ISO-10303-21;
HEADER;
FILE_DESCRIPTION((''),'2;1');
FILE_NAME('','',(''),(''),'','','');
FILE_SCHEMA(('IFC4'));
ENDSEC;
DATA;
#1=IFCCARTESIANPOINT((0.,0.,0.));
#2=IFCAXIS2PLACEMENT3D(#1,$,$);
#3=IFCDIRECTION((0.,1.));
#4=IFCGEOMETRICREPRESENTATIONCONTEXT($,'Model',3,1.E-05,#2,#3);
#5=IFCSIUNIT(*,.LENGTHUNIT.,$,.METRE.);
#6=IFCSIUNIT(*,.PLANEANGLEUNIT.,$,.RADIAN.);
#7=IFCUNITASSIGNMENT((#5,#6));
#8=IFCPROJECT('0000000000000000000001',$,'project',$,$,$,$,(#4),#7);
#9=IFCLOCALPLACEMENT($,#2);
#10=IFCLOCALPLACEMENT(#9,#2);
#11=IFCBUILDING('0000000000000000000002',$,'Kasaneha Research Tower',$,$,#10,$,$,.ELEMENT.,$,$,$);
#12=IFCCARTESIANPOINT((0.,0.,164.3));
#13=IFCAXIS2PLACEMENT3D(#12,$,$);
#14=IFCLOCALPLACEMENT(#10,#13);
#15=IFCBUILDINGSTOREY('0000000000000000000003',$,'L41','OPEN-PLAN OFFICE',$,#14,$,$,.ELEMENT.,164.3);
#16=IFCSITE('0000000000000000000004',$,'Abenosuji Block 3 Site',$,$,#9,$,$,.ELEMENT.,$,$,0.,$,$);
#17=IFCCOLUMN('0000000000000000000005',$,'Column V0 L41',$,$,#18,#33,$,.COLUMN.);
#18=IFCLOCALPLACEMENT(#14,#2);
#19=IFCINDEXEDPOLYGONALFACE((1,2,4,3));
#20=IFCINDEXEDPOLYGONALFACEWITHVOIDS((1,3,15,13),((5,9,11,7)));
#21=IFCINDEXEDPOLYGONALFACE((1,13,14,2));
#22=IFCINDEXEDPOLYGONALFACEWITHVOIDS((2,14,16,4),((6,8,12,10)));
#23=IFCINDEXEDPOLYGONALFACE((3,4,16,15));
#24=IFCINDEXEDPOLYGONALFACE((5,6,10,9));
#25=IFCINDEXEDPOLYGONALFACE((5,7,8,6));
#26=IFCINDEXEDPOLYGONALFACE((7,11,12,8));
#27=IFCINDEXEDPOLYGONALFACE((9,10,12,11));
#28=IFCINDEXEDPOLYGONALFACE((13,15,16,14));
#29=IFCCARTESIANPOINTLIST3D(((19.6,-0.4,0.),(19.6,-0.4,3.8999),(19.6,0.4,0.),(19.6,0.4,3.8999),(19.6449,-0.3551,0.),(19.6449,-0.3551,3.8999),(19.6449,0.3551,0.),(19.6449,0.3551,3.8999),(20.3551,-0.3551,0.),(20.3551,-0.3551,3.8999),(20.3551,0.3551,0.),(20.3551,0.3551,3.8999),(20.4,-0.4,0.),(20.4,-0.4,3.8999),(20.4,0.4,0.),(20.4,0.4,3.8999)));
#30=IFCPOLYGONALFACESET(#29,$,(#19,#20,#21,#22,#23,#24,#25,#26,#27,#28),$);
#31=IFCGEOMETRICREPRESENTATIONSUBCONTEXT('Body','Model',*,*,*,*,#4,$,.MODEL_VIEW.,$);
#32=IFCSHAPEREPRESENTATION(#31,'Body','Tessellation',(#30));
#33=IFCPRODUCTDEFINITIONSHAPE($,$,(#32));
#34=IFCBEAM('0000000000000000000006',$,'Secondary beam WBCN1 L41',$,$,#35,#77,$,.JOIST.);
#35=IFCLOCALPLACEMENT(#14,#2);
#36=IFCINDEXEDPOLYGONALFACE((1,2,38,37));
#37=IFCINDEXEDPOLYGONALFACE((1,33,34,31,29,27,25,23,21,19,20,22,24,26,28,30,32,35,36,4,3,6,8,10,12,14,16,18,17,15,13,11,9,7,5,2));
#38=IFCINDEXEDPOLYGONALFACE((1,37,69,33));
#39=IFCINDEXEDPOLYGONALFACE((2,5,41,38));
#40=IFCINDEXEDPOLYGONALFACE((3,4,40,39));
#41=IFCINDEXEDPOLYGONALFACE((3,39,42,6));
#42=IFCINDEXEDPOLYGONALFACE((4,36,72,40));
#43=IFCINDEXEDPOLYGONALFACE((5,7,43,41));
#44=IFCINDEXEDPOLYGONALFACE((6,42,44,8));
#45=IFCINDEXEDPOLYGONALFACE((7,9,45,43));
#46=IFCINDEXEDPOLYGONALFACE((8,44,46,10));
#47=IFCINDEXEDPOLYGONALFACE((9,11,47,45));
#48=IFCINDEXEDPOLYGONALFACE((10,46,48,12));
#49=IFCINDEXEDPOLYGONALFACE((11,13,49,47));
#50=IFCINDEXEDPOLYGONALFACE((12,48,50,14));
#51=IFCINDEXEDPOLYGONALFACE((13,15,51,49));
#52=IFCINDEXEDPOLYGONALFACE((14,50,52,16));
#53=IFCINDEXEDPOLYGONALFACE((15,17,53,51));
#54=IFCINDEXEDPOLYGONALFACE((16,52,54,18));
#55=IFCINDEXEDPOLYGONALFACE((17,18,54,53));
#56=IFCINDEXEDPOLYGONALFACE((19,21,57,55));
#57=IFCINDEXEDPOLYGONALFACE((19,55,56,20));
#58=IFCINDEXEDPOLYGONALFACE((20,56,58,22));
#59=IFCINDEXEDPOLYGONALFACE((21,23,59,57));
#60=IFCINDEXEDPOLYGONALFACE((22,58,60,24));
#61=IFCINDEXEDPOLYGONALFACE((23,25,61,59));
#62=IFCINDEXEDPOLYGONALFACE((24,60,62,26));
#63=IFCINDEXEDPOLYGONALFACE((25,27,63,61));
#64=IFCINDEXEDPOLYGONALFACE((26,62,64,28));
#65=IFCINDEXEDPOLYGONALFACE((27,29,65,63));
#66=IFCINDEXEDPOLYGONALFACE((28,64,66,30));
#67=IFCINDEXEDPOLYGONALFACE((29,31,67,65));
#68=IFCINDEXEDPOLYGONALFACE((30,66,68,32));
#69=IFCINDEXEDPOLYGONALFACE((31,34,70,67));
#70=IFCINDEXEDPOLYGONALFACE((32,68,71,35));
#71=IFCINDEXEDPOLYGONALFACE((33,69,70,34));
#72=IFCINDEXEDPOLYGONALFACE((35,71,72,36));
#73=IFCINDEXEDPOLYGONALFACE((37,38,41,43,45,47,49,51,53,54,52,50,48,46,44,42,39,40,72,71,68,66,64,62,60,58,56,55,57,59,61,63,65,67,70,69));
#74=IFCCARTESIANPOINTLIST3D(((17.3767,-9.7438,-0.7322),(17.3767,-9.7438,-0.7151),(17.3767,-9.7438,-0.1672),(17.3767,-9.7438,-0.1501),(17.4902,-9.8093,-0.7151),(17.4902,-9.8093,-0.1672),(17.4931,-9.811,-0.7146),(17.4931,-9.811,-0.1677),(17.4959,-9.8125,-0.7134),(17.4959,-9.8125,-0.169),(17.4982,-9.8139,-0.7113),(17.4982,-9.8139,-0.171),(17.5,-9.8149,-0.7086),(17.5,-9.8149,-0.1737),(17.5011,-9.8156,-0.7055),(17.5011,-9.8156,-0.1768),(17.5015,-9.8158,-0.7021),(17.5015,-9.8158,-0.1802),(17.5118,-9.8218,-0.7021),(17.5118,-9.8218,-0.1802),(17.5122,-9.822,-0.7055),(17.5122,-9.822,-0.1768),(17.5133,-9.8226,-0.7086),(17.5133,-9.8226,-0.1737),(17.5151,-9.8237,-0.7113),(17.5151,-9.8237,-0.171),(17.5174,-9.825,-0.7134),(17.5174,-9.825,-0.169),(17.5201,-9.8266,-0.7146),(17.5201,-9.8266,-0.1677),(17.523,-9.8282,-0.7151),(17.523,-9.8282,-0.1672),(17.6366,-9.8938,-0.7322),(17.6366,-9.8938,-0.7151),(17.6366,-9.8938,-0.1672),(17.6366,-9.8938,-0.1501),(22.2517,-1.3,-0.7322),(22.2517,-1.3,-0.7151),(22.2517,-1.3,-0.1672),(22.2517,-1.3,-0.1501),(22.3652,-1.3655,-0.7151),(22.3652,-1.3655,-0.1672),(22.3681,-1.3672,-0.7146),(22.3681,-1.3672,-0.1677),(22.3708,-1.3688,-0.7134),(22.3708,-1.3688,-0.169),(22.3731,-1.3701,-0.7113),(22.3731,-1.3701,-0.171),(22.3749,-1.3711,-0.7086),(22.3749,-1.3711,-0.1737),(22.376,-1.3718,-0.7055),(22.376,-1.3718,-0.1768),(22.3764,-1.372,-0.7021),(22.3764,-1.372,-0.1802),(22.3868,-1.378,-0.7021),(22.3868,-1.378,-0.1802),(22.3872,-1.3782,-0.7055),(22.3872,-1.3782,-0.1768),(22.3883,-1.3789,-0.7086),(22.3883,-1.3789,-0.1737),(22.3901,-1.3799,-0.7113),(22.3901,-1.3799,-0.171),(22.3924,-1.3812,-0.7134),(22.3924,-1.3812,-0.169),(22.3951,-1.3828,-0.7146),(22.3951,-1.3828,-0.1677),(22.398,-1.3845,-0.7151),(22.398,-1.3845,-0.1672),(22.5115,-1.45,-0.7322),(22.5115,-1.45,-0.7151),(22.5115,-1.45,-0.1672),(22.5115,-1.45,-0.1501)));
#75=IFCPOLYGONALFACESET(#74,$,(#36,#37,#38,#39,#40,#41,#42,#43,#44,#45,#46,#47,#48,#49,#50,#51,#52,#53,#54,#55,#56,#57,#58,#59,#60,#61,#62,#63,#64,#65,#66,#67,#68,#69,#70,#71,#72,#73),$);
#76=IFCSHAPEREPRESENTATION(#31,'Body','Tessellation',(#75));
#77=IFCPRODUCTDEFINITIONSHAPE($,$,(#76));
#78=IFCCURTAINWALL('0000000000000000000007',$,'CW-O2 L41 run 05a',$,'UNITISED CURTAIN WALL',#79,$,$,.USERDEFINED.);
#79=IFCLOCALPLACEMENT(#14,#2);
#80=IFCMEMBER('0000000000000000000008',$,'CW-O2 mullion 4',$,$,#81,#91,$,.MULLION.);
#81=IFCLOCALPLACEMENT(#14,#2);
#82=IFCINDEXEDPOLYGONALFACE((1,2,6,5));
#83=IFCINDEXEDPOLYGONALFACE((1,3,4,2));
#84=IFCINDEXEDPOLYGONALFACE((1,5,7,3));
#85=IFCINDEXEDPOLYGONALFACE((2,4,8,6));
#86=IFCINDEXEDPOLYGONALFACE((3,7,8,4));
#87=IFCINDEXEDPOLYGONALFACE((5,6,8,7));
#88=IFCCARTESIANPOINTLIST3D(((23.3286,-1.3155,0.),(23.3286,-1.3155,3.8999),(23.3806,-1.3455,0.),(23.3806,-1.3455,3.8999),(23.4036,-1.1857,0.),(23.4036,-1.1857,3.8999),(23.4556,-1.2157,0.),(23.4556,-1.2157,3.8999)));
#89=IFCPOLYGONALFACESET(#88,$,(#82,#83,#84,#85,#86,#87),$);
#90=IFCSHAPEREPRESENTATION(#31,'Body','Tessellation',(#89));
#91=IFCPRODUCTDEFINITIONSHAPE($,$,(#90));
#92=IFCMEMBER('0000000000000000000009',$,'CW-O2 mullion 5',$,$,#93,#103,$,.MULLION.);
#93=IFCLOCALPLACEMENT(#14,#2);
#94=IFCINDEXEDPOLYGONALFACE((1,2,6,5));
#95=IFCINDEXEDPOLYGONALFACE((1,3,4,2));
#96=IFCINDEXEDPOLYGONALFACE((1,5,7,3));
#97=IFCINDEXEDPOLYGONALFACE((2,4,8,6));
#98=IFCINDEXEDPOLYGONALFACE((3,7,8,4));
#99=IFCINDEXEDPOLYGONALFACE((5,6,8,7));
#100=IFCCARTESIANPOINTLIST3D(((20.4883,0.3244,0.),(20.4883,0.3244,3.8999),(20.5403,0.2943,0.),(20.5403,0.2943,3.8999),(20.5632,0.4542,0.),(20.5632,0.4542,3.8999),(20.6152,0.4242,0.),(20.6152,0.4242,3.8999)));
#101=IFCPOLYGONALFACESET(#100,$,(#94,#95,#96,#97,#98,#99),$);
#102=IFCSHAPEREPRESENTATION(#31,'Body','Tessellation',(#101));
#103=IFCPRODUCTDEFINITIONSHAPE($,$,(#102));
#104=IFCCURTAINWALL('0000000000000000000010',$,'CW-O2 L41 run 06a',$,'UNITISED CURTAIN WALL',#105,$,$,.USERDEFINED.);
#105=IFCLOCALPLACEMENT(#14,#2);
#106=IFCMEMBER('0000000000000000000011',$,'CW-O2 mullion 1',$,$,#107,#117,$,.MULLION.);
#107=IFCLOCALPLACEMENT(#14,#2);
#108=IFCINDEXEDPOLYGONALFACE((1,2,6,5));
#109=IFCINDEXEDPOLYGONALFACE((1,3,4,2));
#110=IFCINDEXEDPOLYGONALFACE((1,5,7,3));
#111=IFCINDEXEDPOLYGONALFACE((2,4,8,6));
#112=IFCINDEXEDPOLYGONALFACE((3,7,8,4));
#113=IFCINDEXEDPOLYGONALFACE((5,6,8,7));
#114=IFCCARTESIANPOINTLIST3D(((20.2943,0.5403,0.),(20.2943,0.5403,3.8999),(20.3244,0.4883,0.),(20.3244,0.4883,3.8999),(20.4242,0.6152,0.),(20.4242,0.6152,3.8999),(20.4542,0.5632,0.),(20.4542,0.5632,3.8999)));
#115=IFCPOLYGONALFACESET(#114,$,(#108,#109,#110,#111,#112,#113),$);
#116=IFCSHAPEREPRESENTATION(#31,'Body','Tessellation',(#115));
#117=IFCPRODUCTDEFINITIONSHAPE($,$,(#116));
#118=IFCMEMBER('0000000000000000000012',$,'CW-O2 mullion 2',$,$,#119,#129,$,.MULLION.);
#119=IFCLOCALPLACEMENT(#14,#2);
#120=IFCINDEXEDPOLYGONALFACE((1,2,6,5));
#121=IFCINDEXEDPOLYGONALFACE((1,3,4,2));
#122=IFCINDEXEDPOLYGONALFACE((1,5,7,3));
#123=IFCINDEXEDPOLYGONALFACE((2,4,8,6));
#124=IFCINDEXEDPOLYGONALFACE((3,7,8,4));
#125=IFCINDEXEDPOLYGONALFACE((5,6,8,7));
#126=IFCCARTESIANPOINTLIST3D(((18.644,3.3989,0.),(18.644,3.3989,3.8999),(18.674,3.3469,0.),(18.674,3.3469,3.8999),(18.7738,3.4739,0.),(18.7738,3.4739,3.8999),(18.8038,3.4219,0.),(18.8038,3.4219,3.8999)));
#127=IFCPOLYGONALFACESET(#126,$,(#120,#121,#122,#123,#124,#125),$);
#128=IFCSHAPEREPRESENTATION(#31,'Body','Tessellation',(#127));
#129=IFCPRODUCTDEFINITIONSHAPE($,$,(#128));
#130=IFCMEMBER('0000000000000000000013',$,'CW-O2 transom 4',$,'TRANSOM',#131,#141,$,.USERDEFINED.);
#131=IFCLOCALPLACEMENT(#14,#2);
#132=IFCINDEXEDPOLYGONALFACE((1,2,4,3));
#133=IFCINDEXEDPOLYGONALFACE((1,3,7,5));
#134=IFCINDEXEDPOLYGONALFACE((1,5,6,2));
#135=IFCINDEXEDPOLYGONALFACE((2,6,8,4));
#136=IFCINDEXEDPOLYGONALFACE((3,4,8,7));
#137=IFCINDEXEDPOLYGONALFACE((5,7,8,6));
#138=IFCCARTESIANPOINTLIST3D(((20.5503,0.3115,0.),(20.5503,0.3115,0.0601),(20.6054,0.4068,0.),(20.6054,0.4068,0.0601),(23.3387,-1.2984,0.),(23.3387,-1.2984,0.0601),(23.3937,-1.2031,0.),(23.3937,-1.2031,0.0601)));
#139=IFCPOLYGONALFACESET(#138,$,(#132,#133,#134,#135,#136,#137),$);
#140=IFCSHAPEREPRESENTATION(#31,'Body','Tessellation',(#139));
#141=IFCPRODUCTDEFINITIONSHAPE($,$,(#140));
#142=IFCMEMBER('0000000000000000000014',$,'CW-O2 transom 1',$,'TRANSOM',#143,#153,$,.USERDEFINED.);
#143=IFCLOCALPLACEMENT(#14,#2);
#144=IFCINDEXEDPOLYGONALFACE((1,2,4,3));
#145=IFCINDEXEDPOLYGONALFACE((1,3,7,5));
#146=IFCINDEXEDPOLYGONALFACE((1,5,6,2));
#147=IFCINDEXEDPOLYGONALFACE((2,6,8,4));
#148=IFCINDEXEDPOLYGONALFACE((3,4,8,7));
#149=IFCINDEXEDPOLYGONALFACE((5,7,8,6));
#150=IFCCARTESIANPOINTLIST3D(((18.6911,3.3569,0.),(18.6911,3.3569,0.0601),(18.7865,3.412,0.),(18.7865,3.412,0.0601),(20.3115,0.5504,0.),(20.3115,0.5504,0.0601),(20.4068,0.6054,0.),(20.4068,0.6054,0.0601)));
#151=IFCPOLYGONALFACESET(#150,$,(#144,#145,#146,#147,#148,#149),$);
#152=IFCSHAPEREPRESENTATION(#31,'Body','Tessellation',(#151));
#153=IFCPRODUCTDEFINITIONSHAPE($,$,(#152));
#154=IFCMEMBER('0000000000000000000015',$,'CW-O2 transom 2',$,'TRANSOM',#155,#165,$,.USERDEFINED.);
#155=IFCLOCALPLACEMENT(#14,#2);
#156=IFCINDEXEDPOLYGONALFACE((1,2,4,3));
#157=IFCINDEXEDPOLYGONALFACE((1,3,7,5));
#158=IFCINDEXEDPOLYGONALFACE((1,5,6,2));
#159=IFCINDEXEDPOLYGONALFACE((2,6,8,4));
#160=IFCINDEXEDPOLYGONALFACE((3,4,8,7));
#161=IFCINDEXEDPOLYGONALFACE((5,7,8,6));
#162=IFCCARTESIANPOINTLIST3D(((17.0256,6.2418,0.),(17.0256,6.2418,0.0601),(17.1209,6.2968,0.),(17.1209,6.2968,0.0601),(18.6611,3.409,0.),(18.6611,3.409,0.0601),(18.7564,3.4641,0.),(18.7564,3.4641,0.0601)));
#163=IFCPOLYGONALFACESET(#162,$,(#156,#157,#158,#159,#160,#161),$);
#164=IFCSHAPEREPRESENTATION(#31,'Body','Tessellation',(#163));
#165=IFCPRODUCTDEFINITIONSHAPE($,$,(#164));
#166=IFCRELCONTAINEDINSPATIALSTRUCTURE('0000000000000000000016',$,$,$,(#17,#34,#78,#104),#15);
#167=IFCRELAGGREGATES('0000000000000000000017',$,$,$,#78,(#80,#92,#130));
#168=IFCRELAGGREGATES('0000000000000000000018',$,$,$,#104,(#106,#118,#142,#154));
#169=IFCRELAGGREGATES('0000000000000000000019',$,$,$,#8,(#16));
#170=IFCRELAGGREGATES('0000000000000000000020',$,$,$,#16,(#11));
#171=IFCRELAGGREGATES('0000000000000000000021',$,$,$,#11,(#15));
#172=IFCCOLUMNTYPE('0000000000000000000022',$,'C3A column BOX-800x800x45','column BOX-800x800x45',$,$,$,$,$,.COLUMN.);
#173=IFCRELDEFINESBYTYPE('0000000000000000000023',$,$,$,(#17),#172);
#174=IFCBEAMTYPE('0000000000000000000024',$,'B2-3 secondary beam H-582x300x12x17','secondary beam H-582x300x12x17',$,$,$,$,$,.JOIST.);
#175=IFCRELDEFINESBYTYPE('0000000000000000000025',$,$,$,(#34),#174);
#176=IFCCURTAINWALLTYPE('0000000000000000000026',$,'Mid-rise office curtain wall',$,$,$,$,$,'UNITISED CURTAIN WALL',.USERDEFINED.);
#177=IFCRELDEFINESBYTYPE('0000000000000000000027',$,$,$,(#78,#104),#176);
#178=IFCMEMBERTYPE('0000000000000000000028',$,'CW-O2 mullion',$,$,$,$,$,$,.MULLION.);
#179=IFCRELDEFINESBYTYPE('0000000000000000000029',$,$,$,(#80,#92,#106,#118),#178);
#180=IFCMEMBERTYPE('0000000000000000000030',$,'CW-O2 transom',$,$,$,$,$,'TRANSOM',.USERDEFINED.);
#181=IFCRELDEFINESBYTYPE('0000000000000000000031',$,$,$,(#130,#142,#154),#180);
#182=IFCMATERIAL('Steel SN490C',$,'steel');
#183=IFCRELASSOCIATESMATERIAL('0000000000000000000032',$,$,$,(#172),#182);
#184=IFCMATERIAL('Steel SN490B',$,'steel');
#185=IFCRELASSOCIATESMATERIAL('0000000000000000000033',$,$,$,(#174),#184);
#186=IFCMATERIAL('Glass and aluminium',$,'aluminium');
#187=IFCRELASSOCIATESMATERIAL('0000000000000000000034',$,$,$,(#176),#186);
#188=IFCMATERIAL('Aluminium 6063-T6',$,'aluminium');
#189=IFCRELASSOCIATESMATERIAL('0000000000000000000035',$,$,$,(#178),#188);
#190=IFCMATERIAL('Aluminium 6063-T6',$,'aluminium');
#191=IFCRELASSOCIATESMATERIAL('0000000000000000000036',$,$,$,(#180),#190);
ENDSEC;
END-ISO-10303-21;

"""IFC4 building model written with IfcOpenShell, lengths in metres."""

from ifc_helpers import new_model, si_unit, direction, frame, origin, origin_2d, place, context, subcontext, project, spatial, rectangle, hollow_rectangle, i_section, extrude, material, material_profile, profile_set, type_object, element, aggregate, save


model = new_model("IFC4")

# Units and contexts
model_context = context("Model", 3, precision=1e-05, world=origin(), true_north=direction((0.0, 1.0)))
body_context = subcontext(model_context, "Body", "Model", "MODEL_VIEW")
ifc_project = project(units=[si_unit("LENGTHUNIT", "METRE"), si_unit("PLANEANGLEUNIT", "RADIAN")], contexts=[model_context])

# Site, building, storey
site_placement = place(None, origin())
site = spatial("IfcSite", under=ifc_project, at=site_placement, Name="Abenosuji Block 3 Site", CompositionType="ELEMENT", RefElevation=0.0)
building_placement = place(site_placement, origin())
building = spatial("IfcBuilding", under=site, at=building_placement, Name="Kasaneha Research Tower", CompositionType="ELEMENT")
storey_placement = place(building_placement, frame((0.0, 0.0, 164.3)))
storey = spatial("IfcBuildingStorey", under=building, at=storey_placement, Name="L41", Description="OPEN-PLAN OFFICE", CompositionType="ELEMENT", Elevation=164.3)

# Column
ifc_material_1 = material(Name="Steel SN490C", Category="steel")
ifc_material_profile_1 = material_profile(ifc_material_1, hollow_rectangle(XDim=0.8, YDim=0.8, WallThickness=0.0449, at=origin_2d()), Name="BOX-800x800x45")
ifc_profile_set_1 = profile_set([ifc_material_profile_1], Name="Steel SN490C")
column_type = type_object("IfcColumnType", Name="C3A column BOX-800x800x45", Description="column BOX-800x800x45", PredefinedType="COLUMN", material=ifc_profile_set_1)
column_placement = place(storey_placement, frame((20.0, 0.0, 0.0), z_axis=(0.0, 0.0, 1.0), x_axis=(1.0, 0.0, 0.0)))
element("IfcColumn", 1, at=column_placement, inside=storey, type_object=column_type, Name="Column V0 L41", PredefinedType="COLUMN", context=body_context, shape_type="SweptSolid", body=[
    extrude(hollow_rectangle(XDim=0.8, YDim=0.8, WallThickness=0.0449, at=origin_2d()), origin(), (0.0, 0.0, 1.0), 3.8999),
])

# Beam
ifc_material_2 = material(Name="Steel SN490B", Category="steel")
ifc_material_profile_2 = material_profile(ifc_material_2, i_section(OverallWidth=0.3, OverallDepth=0.582, WebThickness=0.012, FlangeThickness=0.0171, FilletRadius=0.0129, at=origin_2d()), Name="H-582x300x12x17")
ifc_profile_set_2 = profile_set([ifc_material_profile_2], Name="Steel SN490B")
beam_type_1 = type_object("IfcBeamType", Name="B2-3 secondary beam H-582x300x12x17", Description="secondary beam H-582x300x12x17", PredefinedType="JOIST", material=ifc_profile_set_2)
beam_1_placement = place(storey_placement, frame((22.3816, -1.375, -0.4412), z_axis=(-0.499996, -0.866028, 0.0), x_axis=(0.866028, -0.499996, 0.0)))
element("IfcBeam", 2, at=beam_1_placement, inside=storey, type_object=beam_type_1, Name="Secondary beam WBCN1 L41", PredefinedType="JOIST", context=body_context, shape_type="SweptSolid", body=[
    extrude(i_section(OverallWidth=0.3, OverallDepth=0.582, WebThickness=0.012, FlangeThickness=0.0171, FilletRadius=0.0129, at=origin_2d()), origin(), (0.0, 0.0, 1.0), 9.75),
])

# Curtain walls, members
ifc_material_3 = material(Name="Glass and aluminium", Category="aluminium")
curtain_wall_type = type_object("IfcCurtainWallType", Name="Mid-rise office curtain wall", ElementType="UNITISED CURTAIN WALL", PredefinedType="USERDEFINED", material=ifc_material_3)
curtain_wall_1_placement = place(storey_placement, origin())
curtain_wall_1 = element("IfcCurtainWall", 3, at=curtain_wall_1_placement, inside=storey, type_object=curtain_wall_type, Name="CW-O2 L41 run 05a", ObjectType="UNITISED CURTAIN WALL", PredefinedType="USERDEFINED")
ifc_material_4 = material(Name="Aluminium 6063-T6", Category="aluminium")
ifc_material_profile_3 = material_profile(ifc_material_4, rectangle(XDim=0.0601, YDim=0.1499, at=origin_2d()), Name="CW-O2 mullion 60x150")
ifc_profile_set_3 = profile_set([ifc_material_profile_3], Name="Aluminium 6063-T6")
member_type_1 = type_object("IfcMemberType", Name="CW-O2 mullion", PredefinedType="MULLION", material=ifc_profile_set_3)
member_1_placement = place(storey_placement, frame((23.3921, -1.2656, 0.0), z_axis=(0.0, 0.0, 1.0), x_axis=(-0.866025, 0.5, 0.0)))
member_1 = element("IfcMember", 4, at=member_1_placement, type_object=member_type_1, Name="CW-O2 mullion 4", PredefinedType="MULLION", context=body_context, shape_type="SweptSolid", body=[
    extrude(rectangle(XDim=0.0601, YDim=0.1499, at=origin_2d()), origin(), (0.0, 0.0, 1.0), 3.8999),
])
member_2_placement = place(storey_placement, frame((20.5518, 0.3743, 0.0), z_axis=(0.0, 0.0, 1.0), x_axis=(-0.866025, 0.5, 0.0)))
member_2 = element("IfcMember", 5, at=member_2_placement, type_object=member_type_1, Name="CW-O2 mullion 5", PredefinedType="MULLION", context=body_context, shape_type="SweptSolid", body=[
    extrude(rectangle(XDim=0.0601, YDim=0.1499, at=origin_2d()), origin(), (0.0, 0.0, 1.0), 3.8999),
])
curtain_wall_2_placement = place(storey_placement, origin())
curtain_wall_2 = element("IfcCurtainWall", 6, at=curtain_wall_2_placement, inside=storey, type_object=curtain_wall_type, Name="CW-O2 L41 run 06a", ObjectType="UNITISED CURTAIN WALL", PredefinedType="USERDEFINED")
member_3_placement = place(storey_placement, frame((20.3743, 0.5518, 0.0), z_axis=(0.0, 0.0, 1.0), x_axis=(-0.5, 0.866025, 0.0)))
member_3 = element("IfcMember", 7, at=member_3_placement, type_object=member_type_1, Name="CW-O2 mullion 1", PredefinedType="MULLION", context=body_context, shape_type="SweptSolid", body=[
    extrude(rectangle(XDim=0.0601, YDim=0.1499, at=origin_2d()), origin(), (0.0, 0.0, 1.0), 3.8999),
])
member_4_placement = place(storey_placement, frame((18.7239, 3.4104, 0.0), z_axis=(0.0, 0.0, 1.0), x_axis=(-0.5, 0.866025, 0.0)))
member_4 = element("IfcMember", 8, at=member_4_placement, type_object=member_type_1, Name="CW-O2 mullion 2", PredefinedType="MULLION", context=body_context, shape_type="SweptSolid", body=[
    extrude(rectangle(XDim=0.0601, YDim=0.1499, at=origin_2d()), origin(), (0.0, 0.0, 1.0), 3.8999),
])

# Members
ifc_material_5 = material(Name="Aluminium 6063-T6", Category="aluminium")
ifc_material_profile_4 = material_profile(ifc_material_5, rectangle(XDim=0.1101, YDim=0.0601, at=origin_2d()), Name="CW-O2 transom 110x60")
ifc_profile_set_4 = profile_set([ifc_material_profile_4], Name="Aluminium 6063-T6")
member_type_2 = type_object("IfcMemberType", Name="CW-O2 transom", ElementType="TRANSOM", PredefinedType="USERDEFINED", material=ifc_profile_set_4)
member_5_placement = place(storey_placement, frame((23.3662, -1.2507, 0.03), z_axis=(-0.866023, 0.500005, 0.0), x_axis=(-0.500005, -0.866023, 0.0)))
member_5 = element("IfcMember", 9, at=member_5_placement, type_object=member_type_2, Name="CW-O2 transom 4", ObjectType="TRANSOM", PredefinedType="USERDEFINED", context=body_context, shape_type="SweptSolid", body=[
    extrude(rectangle(XDim=0.1101, YDim=0.0601, at=origin_2d()), origin(), (0.0, 0.0, 1.0), 3.2197),
])
member_6_placement = place(storey_placement, frame((20.3591, 0.5779, 0.03), z_axis=(-0.499988, 0.866033, 0.0), x_axis=(-0.866033, -0.499988, 0.0)))
member_6 = element("IfcMember", 10, at=member_6_placement, type_object=member_type_2, Name="CW-O2 transom 1", ObjectType="TRANSOM", PredefinedType="USERDEFINED", context=body_context, shape_type="SweptSolid", body=[
    extrude(rectangle(XDim=0.1101, YDim=0.0601, at=origin_2d()), origin(), (0.0, 0.0, 1.0), 3.2407),
])
member_7_placement = place(storey_placement, frame((18.7087, 3.4365, 0.03), z_axis=(-0.5, 0.866025, 0.0), x_axis=(-0.866025, -0.5, 0.0)))
member_7 = element("IfcMember", 11, at=member_7_placement, type_object=member_type_2, Name="CW-O2 transom 2", ObjectType="TRANSOM", PredefinedType="USERDEFINED", context=body_context, shape_type="SweptSolid", body=[
    extrude(rectangle(XDim=0.1101, YDim=0.0601, at=origin_2d()), origin(), (0.0, 0.0, 1.0), 3.271),
])

aggregate(curtain_wall_1, [member_1, member_2, member_5])
aggregate(curtain_wall_2, [member_3, member_4, member_6, member_7])

save(model, "model.ifc")
